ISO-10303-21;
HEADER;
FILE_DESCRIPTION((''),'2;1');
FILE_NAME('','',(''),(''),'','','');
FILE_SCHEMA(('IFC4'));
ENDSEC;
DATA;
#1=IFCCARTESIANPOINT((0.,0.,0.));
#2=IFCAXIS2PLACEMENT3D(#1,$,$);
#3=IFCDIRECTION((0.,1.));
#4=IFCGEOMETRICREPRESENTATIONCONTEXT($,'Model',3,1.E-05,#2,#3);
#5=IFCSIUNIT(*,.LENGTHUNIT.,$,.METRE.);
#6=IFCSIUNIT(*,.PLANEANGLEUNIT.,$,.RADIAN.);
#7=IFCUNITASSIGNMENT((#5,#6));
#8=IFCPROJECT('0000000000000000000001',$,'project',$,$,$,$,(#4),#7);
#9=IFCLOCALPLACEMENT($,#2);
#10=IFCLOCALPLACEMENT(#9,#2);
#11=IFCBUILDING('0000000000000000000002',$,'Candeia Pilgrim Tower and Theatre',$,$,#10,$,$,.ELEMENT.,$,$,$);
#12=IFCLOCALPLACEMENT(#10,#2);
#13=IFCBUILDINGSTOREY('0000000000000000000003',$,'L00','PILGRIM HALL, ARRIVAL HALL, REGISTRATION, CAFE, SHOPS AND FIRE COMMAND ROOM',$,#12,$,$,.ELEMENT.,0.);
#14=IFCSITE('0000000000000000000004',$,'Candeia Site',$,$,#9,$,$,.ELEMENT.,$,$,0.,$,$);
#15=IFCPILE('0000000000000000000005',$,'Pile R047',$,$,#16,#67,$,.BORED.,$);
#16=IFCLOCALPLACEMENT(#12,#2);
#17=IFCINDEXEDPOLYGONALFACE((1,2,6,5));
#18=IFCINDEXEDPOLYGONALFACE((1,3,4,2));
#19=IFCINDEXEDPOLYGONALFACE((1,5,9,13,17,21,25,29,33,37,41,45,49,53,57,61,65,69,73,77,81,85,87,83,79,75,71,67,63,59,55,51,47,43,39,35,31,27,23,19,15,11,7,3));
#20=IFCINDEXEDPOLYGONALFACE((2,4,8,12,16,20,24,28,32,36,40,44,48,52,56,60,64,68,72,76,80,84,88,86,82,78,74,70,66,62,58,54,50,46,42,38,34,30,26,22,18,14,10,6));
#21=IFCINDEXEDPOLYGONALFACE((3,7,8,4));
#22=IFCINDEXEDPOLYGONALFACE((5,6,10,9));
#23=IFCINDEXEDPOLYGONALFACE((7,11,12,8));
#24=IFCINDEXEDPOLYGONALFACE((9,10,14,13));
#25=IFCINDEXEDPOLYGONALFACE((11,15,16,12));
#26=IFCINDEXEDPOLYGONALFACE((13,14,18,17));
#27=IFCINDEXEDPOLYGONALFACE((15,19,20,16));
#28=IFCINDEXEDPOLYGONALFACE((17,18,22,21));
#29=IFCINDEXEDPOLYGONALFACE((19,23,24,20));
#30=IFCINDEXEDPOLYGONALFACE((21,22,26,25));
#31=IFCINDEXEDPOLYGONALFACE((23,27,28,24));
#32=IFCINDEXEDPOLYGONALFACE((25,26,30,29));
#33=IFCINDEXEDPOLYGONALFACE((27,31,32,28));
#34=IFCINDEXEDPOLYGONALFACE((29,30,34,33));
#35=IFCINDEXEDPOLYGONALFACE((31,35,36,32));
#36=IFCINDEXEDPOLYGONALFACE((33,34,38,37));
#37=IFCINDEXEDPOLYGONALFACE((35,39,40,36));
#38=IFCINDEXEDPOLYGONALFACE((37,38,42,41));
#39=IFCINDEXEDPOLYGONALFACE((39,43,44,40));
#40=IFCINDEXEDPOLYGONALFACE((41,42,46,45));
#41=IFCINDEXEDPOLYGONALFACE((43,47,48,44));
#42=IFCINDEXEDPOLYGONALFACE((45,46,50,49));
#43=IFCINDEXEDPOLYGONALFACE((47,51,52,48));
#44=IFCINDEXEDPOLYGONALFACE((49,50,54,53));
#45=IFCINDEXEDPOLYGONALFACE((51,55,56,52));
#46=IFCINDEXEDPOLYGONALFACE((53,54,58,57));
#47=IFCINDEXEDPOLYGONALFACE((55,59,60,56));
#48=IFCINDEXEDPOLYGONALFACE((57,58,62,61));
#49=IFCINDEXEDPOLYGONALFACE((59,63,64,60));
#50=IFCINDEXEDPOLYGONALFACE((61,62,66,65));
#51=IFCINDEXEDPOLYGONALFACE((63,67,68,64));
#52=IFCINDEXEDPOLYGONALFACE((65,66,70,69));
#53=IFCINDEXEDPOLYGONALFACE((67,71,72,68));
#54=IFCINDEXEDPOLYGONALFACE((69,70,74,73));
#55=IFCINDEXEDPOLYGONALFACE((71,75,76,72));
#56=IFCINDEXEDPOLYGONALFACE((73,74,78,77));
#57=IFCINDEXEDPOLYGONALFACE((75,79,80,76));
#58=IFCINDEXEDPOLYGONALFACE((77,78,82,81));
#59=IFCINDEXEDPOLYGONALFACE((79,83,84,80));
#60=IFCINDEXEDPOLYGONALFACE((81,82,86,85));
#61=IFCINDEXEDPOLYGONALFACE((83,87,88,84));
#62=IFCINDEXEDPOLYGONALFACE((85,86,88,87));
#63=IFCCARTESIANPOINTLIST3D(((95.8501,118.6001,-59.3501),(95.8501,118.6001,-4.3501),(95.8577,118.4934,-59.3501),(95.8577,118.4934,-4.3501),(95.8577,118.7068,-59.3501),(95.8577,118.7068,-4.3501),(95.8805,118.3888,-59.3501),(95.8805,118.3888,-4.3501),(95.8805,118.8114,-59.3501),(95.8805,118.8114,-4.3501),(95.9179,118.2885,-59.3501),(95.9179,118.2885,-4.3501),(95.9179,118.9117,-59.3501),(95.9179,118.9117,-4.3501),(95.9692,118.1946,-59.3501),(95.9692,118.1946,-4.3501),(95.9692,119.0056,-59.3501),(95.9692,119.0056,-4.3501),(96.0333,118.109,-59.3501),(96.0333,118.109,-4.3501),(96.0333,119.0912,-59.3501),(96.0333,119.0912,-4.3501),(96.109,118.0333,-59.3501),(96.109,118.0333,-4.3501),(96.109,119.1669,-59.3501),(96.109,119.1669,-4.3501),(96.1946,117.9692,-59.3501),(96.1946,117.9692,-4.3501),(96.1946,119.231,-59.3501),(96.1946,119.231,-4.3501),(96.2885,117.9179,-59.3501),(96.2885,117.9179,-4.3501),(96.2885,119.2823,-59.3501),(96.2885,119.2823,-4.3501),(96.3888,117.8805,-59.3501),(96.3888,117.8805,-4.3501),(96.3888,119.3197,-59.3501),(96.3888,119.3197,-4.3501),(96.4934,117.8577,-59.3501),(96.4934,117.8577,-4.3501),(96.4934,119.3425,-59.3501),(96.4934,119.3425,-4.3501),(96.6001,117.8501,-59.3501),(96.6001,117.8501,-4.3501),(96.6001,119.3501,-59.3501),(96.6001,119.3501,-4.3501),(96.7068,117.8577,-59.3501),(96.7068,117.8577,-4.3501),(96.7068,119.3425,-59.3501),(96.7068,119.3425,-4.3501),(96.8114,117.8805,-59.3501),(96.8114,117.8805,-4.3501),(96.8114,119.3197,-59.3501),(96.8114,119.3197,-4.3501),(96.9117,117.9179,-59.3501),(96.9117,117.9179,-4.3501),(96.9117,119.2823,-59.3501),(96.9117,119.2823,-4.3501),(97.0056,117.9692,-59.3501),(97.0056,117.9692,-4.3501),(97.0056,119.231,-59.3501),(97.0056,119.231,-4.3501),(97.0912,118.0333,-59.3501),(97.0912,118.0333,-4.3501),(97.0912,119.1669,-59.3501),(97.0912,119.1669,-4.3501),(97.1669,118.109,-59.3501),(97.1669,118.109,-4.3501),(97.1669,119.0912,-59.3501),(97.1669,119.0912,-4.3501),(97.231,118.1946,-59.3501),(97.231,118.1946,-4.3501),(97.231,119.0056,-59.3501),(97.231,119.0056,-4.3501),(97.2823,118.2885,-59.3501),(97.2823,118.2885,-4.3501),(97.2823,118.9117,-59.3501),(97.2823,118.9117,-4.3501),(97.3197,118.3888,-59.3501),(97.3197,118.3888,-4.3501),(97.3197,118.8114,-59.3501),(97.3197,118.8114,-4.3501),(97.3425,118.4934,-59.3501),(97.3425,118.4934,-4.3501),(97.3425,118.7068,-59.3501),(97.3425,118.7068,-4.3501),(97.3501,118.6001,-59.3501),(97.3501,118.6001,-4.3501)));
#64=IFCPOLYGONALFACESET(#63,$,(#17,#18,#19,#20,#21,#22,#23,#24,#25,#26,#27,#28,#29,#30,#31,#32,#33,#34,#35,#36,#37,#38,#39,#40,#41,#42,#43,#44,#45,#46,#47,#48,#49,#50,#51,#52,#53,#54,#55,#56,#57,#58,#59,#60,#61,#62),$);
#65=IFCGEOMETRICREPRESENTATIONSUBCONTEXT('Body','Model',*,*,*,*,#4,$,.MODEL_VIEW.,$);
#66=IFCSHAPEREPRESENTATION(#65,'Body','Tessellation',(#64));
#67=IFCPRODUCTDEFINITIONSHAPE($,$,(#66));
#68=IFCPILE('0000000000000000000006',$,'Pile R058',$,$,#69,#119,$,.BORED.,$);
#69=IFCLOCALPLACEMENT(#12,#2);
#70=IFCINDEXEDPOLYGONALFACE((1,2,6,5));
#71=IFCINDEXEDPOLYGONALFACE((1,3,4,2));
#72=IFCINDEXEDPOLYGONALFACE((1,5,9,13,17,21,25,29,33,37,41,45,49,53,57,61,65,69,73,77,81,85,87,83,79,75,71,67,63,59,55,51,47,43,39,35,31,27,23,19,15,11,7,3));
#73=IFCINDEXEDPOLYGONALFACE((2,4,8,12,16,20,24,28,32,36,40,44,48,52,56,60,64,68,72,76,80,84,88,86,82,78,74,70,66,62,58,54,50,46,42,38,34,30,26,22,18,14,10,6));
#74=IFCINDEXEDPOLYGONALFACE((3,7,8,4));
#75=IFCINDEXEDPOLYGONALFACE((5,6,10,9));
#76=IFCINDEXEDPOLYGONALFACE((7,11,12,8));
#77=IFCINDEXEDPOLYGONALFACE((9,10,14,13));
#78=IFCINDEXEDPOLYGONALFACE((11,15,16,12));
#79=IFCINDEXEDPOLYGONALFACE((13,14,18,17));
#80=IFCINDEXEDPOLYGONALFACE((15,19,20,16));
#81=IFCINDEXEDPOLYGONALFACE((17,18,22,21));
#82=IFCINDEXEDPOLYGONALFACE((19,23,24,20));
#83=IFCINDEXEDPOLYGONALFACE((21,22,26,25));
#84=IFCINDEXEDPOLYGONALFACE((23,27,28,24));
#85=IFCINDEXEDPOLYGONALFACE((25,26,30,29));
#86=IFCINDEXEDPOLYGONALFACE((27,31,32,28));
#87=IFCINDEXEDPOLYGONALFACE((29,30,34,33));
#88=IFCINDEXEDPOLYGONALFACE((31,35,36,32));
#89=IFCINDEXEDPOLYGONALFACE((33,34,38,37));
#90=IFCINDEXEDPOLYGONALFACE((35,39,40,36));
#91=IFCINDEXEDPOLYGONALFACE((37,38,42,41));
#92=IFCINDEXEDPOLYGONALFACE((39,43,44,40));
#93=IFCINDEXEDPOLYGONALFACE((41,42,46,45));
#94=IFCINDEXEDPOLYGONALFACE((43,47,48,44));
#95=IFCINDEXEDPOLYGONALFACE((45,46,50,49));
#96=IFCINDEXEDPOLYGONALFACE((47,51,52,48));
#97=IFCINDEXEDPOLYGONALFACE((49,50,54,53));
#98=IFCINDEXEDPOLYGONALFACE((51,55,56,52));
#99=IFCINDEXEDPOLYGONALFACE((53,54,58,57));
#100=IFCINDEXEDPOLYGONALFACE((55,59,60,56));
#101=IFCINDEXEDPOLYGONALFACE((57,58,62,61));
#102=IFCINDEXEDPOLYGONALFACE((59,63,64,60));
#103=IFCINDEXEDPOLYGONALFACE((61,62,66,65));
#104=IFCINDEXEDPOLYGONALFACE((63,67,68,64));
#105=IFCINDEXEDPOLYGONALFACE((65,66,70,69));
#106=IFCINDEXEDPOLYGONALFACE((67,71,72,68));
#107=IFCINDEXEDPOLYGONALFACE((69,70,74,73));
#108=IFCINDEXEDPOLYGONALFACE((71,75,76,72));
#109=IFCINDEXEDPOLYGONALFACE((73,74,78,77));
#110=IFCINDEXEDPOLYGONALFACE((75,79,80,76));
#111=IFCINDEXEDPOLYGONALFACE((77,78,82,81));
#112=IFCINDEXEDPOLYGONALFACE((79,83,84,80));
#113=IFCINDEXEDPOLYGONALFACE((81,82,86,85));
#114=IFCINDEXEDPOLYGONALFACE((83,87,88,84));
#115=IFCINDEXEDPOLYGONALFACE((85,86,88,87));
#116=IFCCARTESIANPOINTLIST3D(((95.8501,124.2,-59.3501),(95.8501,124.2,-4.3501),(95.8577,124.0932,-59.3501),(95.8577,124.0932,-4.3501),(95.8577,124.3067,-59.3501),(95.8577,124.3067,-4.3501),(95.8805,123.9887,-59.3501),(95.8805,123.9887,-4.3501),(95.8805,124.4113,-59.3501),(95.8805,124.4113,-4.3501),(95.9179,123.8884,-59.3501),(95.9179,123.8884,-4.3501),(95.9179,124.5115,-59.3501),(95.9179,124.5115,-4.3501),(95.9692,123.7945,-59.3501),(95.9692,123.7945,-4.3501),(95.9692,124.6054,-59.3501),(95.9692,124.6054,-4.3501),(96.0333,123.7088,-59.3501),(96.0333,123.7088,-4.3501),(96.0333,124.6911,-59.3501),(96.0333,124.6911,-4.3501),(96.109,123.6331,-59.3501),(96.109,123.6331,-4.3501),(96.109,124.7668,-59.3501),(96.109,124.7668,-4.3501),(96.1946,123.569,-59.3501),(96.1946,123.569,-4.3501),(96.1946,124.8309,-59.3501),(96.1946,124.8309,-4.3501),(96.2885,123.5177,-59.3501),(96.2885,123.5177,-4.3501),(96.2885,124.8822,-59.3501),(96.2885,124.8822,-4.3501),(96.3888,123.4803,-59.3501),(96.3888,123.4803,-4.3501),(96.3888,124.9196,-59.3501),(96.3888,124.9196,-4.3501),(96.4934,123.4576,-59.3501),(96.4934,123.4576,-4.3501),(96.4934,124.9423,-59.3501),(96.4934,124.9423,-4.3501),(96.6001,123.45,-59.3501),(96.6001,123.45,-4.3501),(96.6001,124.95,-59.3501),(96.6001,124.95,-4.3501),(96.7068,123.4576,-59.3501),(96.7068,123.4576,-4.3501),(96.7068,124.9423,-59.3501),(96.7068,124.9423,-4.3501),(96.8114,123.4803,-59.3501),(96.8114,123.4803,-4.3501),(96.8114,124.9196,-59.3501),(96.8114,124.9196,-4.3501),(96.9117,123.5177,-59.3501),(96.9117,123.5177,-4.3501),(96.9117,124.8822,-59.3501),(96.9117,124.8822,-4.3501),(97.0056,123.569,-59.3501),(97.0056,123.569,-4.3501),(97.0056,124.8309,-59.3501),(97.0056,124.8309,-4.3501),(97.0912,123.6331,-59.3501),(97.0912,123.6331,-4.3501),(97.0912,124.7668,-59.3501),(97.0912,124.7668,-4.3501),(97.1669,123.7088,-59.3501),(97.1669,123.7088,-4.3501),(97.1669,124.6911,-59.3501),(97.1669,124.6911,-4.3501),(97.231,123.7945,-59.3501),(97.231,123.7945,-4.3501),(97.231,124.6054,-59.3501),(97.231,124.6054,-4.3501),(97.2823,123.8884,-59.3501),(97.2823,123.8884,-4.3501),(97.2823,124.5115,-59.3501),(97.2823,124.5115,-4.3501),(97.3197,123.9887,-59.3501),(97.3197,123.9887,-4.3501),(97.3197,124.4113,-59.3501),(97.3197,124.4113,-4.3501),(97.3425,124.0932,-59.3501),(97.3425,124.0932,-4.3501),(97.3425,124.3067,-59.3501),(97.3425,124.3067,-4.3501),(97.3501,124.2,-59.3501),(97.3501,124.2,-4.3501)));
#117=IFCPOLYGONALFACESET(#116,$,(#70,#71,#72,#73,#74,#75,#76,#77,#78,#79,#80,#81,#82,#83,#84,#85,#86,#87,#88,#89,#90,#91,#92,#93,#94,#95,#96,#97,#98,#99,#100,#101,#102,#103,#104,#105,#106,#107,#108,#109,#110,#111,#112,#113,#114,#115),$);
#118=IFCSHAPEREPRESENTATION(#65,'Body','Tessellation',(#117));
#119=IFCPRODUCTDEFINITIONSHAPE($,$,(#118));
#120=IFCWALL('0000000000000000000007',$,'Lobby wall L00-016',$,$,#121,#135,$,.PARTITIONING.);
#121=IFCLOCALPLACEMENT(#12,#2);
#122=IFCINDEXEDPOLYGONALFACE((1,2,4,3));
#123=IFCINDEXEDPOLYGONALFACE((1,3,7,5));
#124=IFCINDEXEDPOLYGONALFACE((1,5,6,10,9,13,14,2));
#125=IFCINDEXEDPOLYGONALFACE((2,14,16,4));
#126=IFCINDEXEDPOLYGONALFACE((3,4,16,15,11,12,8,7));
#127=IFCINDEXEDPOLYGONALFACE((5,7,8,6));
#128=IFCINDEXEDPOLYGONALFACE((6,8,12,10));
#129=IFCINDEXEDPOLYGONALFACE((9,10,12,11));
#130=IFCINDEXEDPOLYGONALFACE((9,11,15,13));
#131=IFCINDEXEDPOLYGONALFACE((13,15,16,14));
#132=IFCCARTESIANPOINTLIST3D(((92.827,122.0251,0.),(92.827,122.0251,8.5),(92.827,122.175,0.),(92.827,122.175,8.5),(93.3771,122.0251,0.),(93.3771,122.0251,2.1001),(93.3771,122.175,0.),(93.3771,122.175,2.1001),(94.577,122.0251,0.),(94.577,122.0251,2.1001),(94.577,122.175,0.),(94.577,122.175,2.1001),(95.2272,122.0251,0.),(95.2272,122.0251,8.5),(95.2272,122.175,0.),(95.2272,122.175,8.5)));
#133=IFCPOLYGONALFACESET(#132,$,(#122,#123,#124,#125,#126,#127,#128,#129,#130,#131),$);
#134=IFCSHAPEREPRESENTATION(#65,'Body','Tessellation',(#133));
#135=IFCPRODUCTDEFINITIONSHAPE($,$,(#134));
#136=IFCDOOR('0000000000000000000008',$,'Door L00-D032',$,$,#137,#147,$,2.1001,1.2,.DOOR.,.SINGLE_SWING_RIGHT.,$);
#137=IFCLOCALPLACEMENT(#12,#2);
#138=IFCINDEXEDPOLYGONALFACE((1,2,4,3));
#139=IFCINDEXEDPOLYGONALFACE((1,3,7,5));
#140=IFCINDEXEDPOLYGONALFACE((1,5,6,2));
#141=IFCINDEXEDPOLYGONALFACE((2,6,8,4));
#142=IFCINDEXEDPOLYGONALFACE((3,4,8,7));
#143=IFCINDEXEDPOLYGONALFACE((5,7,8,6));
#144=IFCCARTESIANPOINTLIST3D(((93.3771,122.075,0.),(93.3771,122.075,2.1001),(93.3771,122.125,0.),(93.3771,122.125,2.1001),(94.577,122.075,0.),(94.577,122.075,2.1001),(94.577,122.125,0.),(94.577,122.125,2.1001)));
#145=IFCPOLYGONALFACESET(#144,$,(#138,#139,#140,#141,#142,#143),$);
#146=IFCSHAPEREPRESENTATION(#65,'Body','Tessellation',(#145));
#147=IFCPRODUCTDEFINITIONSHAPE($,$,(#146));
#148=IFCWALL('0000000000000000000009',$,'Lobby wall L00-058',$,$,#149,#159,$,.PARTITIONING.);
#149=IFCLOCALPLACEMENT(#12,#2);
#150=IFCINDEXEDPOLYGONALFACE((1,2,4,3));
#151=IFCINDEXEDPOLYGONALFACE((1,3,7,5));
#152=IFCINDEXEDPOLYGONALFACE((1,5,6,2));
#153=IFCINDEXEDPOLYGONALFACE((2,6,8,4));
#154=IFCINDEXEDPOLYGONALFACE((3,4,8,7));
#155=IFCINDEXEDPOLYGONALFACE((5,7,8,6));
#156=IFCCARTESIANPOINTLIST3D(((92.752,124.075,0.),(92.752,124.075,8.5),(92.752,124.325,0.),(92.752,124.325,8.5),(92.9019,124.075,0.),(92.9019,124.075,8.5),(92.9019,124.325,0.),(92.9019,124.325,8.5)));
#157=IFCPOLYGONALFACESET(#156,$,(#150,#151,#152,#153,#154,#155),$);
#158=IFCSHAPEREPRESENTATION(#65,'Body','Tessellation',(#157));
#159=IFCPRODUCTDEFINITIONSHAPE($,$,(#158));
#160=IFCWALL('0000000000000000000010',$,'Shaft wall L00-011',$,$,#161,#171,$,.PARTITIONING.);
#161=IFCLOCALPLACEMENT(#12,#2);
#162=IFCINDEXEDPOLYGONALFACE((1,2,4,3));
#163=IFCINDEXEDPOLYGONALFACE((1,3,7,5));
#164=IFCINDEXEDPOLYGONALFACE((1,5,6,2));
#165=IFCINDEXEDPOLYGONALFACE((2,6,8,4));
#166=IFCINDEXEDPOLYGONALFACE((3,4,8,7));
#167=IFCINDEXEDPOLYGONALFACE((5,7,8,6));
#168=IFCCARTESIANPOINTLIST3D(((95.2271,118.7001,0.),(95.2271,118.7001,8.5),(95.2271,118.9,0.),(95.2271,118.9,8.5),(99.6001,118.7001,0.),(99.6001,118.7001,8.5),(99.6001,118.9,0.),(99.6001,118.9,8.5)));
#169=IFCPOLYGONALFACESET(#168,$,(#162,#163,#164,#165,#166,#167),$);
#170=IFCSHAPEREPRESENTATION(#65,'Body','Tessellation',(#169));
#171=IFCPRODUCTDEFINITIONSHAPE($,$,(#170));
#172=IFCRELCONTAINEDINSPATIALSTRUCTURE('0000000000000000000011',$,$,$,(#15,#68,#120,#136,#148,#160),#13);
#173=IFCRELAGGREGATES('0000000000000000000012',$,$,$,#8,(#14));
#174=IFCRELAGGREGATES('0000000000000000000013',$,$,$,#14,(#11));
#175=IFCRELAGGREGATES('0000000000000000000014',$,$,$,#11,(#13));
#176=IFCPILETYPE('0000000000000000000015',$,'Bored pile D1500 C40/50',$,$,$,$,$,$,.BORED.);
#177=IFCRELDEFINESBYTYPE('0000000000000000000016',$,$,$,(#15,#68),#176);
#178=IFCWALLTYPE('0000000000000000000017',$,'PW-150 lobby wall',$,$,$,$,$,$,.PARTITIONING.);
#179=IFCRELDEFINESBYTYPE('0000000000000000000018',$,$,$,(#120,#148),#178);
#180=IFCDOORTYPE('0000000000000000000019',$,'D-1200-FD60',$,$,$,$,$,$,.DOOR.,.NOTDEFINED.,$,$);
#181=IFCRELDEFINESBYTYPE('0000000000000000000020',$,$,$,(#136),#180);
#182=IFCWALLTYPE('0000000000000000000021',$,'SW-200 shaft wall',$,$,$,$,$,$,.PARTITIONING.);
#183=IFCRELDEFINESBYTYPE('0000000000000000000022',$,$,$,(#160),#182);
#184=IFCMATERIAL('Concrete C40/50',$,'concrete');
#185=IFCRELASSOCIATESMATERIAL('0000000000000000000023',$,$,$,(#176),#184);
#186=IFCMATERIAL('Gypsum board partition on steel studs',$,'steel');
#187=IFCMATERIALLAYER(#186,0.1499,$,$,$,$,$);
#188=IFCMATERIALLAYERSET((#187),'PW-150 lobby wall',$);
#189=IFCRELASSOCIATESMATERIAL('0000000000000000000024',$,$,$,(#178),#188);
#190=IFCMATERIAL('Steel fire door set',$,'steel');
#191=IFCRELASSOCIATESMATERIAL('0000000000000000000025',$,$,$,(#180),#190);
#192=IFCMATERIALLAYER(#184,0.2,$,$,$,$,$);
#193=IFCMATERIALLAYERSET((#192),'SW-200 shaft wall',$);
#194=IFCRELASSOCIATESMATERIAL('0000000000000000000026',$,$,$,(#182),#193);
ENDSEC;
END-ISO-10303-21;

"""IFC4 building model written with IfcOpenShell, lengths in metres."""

from ifc_helpers import new_model, si_unit, direction, frame, frame_2d, origin, origin_2d, place, context, subcontext, project, spatial, rectangle, circle, extrude, material, layer, layer_set, material_profile, profile_set, type_object, element, fill, save


model = new_model("IFC4")

# Units and contexts
model_context = context("Model", 3, precision=1e-05, world=origin(), true_north=direction((0.0, 1.0)))
body_context = subcontext(model_context, "Body", "Model", "MODEL_VIEW")
ifc_project = project(units=[si_unit("LENGTHUNIT", "METRE"), si_unit("PLANEANGLEUNIT", "RADIAN")], contexts=[model_context])

# Site, building, storey
site_placement = place(None, origin())
site = spatial("IfcSite", under=ifc_project, at=site_placement, Name="Candeia Site", CompositionType="ELEMENT", RefElevation=0.0)
building_placement = place(site_placement, origin())
building = spatial("IfcBuilding", under=site, at=building_placement, Name="Candeia Pilgrim Tower and Theatre", CompositionType="ELEMENT")
storey_placement = place(building_placement, origin())
storey = spatial("IfcBuildingStorey", under=building, at=storey_placement, Name="L00", Description="PILGRIM HALL, ARRIVAL HALL, REGISTRATION, CAFE, SHOPS AND FIRE COMMAND ROOM", CompositionType="ELEMENT", Elevation=0.0)

# Piles
ifc_material_1 = material(Name="Concrete C40/50", Category="concrete")
ifc_material_profile = material_profile(ifc_material_1, circle(Radius=0.75, at=origin_2d()))
ifc_profile_set = profile_set([ifc_material_profile], Name="Concrete C40/50")
pile_type = type_object("IfcPileType", Name="Bored pile D1500 C40/50", PredefinedType="BORED", material=ifc_profile_set)
for number, where, z_axis, x_axis, name in (
    (1, (96.6001, 118.6001, -4.3501), (0.0, 0.0, -1.0), (1.0, 0.0, 0.0), "Pile R047"),
    (2, (96.6001, 124.2, -4.3501), (0.0, 0.0, -1.0), (1.0, 0.0, 0.0), "Pile R058"),
):
    element("IfcPile", number, at=place(storey_placement, frame(where, z_axis=z_axis, x_axis=x_axis)), inside=storey, type_object=pile_type, Name=name, PredefinedType="BORED", context=body_context, shape_type="SweptSolid", body=[
        extrude(circle(Radius=0.75, at=origin_2d()), origin(), (0.0, 0.0, 1.0), 55.0),
    ])

# Wall, opening, door
ifc_material_2 = material(Name="Gypsum board partition on steel studs", Category="steel")
ifc_layer_1 = layer(ifc_material_2, 0.1499)
ifc_layer_set_1 = layer_set([ifc_layer_1], Name="PW-150 lobby wall")
wall_type_1 = type_object("IfcWallType", Name="PW-150 lobby wall", PredefinedType="PARTITIONING", material=ifc_layer_set_1)
wall_1_placement = place(storey_placement, frame((92.8269, 122.1001, 0.0), z_axis=(0.0, 0.0, 1.0), x_axis=(1.0, 0.0, 0.0)))
wall_1 = element("IfcWall", 3, at=wall_1_placement, inside=storey, type_object=wall_type_1, Name="Lobby wall L00-016", PredefinedType="PARTITIONING", context=body_context, shape_type="SweptSolid", body=[
    extrude(rectangle(XDim=2.4001, YDim=0.1499, at=frame_2d((1.2002, 0.0))), origin(), (0.0, 0.0, 1.0), 8.5),
])
opening_1_placement = place(wall_1_placement, frame((0.55, 0.0, 0.0)))
opening_1 = element("IfcOpeningElement", 4, at=opening_1_placement, cuts=wall_1, PredefinedType="OPENING", context=body_context, shape_type="SweptSolid", body=[
    extrude(rectangle(XDim=1.2, YDim=2.1001, at=frame_2d((0.6001, 1.05))), frame((0.0, 0.085, 0.0), z_axis=(0.0, -1.0, 0.0), x_axis=(1.0, 0.0, 0.0)), (0.0, 0.0, 1.0), 0.1699),
])
ifc_material_3 = material(Name="Steel fire door set", Category="steel")
door_type_1 = type_object("IfcDoorType", Name="D-1200-FD60", OperationType="NOTDEFINED", PredefinedType="DOOR", material=ifc_material_3)
door_1_placement = place(opening_1_placement, origin())
door_1 = element("IfcDoor", 5, at=door_1_placement, inside=storey, type_object=door_type_1, Name="Door L00-D032", OperationType="SINGLE_SWING_RIGHT", OverallHeight=2.1001, OverallWidth=1.2, PredefinedType="DOOR", context=body_context, shape_type="SweptSolid", body=[
    extrude(rectangle(XDim=1.2, YDim=2.1001, at=frame_2d((0.6001, 1.05))), frame((0.0, 0.0249, 0.0), z_axis=(0.0, -1.0, 0.0), x_axis=(1.0, 0.0, 0.0)), (0.0, 0.0, 1.0), 0.05),
])
fill(opening_1, door_1)

# Walls
wall_2_placement = place(storey_placement, frame((92.8269, 124.075, 0.0), z_axis=(0.0, 0.0, 1.0), x_axis=(0.0, 1.0, 0.0)))
element("IfcWall", 6, at=wall_2_placement, inside=storey, type_object=wall_type_1, Name="Lobby wall L00-058", PredefinedType="PARTITIONING", context=body_context, shape_type="SweptSolid", body=[
    extrude(rectangle(XDim=0.25, YDim=0.1499, at=frame_2d((0.125, 0.0))), origin(), (0.0, 0.0, 1.0), 8.5),
])
ifc_layer_2 = layer(ifc_material_1, 0.2)
ifc_layer_set_2 = layer_set([ifc_layer_2], Name="SW-200 shaft wall")
wall_type_2 = type_object("IfcWallType", Name="SW-200 shaft wall", PredefinedType="PARTITIONING", material=ifc_layer_set_2)
wall_3_placement = place(storey_placement, frame((95.2271, 118.8, 0.0), z_axis=(0.0, 0.0, 1.0), x_axis=(1.0, 0.0, 0.0)))
element("IfcWall", 7, at=wall_3_placement, inside=storey, type_object=wall_type_2, Name="Shaft wall L00-011", PredefinedType="PARTITIONING", context=body_context, shape_type="SweptSolid", body=[
    extrude(rectangle(XDim=4.373, YDim=0.2, at=frame_2d((2.1865, 0.0))), origin(), (0.0, 0.0, 1.0), 8.5),
])

save(model, "model.ifc")
